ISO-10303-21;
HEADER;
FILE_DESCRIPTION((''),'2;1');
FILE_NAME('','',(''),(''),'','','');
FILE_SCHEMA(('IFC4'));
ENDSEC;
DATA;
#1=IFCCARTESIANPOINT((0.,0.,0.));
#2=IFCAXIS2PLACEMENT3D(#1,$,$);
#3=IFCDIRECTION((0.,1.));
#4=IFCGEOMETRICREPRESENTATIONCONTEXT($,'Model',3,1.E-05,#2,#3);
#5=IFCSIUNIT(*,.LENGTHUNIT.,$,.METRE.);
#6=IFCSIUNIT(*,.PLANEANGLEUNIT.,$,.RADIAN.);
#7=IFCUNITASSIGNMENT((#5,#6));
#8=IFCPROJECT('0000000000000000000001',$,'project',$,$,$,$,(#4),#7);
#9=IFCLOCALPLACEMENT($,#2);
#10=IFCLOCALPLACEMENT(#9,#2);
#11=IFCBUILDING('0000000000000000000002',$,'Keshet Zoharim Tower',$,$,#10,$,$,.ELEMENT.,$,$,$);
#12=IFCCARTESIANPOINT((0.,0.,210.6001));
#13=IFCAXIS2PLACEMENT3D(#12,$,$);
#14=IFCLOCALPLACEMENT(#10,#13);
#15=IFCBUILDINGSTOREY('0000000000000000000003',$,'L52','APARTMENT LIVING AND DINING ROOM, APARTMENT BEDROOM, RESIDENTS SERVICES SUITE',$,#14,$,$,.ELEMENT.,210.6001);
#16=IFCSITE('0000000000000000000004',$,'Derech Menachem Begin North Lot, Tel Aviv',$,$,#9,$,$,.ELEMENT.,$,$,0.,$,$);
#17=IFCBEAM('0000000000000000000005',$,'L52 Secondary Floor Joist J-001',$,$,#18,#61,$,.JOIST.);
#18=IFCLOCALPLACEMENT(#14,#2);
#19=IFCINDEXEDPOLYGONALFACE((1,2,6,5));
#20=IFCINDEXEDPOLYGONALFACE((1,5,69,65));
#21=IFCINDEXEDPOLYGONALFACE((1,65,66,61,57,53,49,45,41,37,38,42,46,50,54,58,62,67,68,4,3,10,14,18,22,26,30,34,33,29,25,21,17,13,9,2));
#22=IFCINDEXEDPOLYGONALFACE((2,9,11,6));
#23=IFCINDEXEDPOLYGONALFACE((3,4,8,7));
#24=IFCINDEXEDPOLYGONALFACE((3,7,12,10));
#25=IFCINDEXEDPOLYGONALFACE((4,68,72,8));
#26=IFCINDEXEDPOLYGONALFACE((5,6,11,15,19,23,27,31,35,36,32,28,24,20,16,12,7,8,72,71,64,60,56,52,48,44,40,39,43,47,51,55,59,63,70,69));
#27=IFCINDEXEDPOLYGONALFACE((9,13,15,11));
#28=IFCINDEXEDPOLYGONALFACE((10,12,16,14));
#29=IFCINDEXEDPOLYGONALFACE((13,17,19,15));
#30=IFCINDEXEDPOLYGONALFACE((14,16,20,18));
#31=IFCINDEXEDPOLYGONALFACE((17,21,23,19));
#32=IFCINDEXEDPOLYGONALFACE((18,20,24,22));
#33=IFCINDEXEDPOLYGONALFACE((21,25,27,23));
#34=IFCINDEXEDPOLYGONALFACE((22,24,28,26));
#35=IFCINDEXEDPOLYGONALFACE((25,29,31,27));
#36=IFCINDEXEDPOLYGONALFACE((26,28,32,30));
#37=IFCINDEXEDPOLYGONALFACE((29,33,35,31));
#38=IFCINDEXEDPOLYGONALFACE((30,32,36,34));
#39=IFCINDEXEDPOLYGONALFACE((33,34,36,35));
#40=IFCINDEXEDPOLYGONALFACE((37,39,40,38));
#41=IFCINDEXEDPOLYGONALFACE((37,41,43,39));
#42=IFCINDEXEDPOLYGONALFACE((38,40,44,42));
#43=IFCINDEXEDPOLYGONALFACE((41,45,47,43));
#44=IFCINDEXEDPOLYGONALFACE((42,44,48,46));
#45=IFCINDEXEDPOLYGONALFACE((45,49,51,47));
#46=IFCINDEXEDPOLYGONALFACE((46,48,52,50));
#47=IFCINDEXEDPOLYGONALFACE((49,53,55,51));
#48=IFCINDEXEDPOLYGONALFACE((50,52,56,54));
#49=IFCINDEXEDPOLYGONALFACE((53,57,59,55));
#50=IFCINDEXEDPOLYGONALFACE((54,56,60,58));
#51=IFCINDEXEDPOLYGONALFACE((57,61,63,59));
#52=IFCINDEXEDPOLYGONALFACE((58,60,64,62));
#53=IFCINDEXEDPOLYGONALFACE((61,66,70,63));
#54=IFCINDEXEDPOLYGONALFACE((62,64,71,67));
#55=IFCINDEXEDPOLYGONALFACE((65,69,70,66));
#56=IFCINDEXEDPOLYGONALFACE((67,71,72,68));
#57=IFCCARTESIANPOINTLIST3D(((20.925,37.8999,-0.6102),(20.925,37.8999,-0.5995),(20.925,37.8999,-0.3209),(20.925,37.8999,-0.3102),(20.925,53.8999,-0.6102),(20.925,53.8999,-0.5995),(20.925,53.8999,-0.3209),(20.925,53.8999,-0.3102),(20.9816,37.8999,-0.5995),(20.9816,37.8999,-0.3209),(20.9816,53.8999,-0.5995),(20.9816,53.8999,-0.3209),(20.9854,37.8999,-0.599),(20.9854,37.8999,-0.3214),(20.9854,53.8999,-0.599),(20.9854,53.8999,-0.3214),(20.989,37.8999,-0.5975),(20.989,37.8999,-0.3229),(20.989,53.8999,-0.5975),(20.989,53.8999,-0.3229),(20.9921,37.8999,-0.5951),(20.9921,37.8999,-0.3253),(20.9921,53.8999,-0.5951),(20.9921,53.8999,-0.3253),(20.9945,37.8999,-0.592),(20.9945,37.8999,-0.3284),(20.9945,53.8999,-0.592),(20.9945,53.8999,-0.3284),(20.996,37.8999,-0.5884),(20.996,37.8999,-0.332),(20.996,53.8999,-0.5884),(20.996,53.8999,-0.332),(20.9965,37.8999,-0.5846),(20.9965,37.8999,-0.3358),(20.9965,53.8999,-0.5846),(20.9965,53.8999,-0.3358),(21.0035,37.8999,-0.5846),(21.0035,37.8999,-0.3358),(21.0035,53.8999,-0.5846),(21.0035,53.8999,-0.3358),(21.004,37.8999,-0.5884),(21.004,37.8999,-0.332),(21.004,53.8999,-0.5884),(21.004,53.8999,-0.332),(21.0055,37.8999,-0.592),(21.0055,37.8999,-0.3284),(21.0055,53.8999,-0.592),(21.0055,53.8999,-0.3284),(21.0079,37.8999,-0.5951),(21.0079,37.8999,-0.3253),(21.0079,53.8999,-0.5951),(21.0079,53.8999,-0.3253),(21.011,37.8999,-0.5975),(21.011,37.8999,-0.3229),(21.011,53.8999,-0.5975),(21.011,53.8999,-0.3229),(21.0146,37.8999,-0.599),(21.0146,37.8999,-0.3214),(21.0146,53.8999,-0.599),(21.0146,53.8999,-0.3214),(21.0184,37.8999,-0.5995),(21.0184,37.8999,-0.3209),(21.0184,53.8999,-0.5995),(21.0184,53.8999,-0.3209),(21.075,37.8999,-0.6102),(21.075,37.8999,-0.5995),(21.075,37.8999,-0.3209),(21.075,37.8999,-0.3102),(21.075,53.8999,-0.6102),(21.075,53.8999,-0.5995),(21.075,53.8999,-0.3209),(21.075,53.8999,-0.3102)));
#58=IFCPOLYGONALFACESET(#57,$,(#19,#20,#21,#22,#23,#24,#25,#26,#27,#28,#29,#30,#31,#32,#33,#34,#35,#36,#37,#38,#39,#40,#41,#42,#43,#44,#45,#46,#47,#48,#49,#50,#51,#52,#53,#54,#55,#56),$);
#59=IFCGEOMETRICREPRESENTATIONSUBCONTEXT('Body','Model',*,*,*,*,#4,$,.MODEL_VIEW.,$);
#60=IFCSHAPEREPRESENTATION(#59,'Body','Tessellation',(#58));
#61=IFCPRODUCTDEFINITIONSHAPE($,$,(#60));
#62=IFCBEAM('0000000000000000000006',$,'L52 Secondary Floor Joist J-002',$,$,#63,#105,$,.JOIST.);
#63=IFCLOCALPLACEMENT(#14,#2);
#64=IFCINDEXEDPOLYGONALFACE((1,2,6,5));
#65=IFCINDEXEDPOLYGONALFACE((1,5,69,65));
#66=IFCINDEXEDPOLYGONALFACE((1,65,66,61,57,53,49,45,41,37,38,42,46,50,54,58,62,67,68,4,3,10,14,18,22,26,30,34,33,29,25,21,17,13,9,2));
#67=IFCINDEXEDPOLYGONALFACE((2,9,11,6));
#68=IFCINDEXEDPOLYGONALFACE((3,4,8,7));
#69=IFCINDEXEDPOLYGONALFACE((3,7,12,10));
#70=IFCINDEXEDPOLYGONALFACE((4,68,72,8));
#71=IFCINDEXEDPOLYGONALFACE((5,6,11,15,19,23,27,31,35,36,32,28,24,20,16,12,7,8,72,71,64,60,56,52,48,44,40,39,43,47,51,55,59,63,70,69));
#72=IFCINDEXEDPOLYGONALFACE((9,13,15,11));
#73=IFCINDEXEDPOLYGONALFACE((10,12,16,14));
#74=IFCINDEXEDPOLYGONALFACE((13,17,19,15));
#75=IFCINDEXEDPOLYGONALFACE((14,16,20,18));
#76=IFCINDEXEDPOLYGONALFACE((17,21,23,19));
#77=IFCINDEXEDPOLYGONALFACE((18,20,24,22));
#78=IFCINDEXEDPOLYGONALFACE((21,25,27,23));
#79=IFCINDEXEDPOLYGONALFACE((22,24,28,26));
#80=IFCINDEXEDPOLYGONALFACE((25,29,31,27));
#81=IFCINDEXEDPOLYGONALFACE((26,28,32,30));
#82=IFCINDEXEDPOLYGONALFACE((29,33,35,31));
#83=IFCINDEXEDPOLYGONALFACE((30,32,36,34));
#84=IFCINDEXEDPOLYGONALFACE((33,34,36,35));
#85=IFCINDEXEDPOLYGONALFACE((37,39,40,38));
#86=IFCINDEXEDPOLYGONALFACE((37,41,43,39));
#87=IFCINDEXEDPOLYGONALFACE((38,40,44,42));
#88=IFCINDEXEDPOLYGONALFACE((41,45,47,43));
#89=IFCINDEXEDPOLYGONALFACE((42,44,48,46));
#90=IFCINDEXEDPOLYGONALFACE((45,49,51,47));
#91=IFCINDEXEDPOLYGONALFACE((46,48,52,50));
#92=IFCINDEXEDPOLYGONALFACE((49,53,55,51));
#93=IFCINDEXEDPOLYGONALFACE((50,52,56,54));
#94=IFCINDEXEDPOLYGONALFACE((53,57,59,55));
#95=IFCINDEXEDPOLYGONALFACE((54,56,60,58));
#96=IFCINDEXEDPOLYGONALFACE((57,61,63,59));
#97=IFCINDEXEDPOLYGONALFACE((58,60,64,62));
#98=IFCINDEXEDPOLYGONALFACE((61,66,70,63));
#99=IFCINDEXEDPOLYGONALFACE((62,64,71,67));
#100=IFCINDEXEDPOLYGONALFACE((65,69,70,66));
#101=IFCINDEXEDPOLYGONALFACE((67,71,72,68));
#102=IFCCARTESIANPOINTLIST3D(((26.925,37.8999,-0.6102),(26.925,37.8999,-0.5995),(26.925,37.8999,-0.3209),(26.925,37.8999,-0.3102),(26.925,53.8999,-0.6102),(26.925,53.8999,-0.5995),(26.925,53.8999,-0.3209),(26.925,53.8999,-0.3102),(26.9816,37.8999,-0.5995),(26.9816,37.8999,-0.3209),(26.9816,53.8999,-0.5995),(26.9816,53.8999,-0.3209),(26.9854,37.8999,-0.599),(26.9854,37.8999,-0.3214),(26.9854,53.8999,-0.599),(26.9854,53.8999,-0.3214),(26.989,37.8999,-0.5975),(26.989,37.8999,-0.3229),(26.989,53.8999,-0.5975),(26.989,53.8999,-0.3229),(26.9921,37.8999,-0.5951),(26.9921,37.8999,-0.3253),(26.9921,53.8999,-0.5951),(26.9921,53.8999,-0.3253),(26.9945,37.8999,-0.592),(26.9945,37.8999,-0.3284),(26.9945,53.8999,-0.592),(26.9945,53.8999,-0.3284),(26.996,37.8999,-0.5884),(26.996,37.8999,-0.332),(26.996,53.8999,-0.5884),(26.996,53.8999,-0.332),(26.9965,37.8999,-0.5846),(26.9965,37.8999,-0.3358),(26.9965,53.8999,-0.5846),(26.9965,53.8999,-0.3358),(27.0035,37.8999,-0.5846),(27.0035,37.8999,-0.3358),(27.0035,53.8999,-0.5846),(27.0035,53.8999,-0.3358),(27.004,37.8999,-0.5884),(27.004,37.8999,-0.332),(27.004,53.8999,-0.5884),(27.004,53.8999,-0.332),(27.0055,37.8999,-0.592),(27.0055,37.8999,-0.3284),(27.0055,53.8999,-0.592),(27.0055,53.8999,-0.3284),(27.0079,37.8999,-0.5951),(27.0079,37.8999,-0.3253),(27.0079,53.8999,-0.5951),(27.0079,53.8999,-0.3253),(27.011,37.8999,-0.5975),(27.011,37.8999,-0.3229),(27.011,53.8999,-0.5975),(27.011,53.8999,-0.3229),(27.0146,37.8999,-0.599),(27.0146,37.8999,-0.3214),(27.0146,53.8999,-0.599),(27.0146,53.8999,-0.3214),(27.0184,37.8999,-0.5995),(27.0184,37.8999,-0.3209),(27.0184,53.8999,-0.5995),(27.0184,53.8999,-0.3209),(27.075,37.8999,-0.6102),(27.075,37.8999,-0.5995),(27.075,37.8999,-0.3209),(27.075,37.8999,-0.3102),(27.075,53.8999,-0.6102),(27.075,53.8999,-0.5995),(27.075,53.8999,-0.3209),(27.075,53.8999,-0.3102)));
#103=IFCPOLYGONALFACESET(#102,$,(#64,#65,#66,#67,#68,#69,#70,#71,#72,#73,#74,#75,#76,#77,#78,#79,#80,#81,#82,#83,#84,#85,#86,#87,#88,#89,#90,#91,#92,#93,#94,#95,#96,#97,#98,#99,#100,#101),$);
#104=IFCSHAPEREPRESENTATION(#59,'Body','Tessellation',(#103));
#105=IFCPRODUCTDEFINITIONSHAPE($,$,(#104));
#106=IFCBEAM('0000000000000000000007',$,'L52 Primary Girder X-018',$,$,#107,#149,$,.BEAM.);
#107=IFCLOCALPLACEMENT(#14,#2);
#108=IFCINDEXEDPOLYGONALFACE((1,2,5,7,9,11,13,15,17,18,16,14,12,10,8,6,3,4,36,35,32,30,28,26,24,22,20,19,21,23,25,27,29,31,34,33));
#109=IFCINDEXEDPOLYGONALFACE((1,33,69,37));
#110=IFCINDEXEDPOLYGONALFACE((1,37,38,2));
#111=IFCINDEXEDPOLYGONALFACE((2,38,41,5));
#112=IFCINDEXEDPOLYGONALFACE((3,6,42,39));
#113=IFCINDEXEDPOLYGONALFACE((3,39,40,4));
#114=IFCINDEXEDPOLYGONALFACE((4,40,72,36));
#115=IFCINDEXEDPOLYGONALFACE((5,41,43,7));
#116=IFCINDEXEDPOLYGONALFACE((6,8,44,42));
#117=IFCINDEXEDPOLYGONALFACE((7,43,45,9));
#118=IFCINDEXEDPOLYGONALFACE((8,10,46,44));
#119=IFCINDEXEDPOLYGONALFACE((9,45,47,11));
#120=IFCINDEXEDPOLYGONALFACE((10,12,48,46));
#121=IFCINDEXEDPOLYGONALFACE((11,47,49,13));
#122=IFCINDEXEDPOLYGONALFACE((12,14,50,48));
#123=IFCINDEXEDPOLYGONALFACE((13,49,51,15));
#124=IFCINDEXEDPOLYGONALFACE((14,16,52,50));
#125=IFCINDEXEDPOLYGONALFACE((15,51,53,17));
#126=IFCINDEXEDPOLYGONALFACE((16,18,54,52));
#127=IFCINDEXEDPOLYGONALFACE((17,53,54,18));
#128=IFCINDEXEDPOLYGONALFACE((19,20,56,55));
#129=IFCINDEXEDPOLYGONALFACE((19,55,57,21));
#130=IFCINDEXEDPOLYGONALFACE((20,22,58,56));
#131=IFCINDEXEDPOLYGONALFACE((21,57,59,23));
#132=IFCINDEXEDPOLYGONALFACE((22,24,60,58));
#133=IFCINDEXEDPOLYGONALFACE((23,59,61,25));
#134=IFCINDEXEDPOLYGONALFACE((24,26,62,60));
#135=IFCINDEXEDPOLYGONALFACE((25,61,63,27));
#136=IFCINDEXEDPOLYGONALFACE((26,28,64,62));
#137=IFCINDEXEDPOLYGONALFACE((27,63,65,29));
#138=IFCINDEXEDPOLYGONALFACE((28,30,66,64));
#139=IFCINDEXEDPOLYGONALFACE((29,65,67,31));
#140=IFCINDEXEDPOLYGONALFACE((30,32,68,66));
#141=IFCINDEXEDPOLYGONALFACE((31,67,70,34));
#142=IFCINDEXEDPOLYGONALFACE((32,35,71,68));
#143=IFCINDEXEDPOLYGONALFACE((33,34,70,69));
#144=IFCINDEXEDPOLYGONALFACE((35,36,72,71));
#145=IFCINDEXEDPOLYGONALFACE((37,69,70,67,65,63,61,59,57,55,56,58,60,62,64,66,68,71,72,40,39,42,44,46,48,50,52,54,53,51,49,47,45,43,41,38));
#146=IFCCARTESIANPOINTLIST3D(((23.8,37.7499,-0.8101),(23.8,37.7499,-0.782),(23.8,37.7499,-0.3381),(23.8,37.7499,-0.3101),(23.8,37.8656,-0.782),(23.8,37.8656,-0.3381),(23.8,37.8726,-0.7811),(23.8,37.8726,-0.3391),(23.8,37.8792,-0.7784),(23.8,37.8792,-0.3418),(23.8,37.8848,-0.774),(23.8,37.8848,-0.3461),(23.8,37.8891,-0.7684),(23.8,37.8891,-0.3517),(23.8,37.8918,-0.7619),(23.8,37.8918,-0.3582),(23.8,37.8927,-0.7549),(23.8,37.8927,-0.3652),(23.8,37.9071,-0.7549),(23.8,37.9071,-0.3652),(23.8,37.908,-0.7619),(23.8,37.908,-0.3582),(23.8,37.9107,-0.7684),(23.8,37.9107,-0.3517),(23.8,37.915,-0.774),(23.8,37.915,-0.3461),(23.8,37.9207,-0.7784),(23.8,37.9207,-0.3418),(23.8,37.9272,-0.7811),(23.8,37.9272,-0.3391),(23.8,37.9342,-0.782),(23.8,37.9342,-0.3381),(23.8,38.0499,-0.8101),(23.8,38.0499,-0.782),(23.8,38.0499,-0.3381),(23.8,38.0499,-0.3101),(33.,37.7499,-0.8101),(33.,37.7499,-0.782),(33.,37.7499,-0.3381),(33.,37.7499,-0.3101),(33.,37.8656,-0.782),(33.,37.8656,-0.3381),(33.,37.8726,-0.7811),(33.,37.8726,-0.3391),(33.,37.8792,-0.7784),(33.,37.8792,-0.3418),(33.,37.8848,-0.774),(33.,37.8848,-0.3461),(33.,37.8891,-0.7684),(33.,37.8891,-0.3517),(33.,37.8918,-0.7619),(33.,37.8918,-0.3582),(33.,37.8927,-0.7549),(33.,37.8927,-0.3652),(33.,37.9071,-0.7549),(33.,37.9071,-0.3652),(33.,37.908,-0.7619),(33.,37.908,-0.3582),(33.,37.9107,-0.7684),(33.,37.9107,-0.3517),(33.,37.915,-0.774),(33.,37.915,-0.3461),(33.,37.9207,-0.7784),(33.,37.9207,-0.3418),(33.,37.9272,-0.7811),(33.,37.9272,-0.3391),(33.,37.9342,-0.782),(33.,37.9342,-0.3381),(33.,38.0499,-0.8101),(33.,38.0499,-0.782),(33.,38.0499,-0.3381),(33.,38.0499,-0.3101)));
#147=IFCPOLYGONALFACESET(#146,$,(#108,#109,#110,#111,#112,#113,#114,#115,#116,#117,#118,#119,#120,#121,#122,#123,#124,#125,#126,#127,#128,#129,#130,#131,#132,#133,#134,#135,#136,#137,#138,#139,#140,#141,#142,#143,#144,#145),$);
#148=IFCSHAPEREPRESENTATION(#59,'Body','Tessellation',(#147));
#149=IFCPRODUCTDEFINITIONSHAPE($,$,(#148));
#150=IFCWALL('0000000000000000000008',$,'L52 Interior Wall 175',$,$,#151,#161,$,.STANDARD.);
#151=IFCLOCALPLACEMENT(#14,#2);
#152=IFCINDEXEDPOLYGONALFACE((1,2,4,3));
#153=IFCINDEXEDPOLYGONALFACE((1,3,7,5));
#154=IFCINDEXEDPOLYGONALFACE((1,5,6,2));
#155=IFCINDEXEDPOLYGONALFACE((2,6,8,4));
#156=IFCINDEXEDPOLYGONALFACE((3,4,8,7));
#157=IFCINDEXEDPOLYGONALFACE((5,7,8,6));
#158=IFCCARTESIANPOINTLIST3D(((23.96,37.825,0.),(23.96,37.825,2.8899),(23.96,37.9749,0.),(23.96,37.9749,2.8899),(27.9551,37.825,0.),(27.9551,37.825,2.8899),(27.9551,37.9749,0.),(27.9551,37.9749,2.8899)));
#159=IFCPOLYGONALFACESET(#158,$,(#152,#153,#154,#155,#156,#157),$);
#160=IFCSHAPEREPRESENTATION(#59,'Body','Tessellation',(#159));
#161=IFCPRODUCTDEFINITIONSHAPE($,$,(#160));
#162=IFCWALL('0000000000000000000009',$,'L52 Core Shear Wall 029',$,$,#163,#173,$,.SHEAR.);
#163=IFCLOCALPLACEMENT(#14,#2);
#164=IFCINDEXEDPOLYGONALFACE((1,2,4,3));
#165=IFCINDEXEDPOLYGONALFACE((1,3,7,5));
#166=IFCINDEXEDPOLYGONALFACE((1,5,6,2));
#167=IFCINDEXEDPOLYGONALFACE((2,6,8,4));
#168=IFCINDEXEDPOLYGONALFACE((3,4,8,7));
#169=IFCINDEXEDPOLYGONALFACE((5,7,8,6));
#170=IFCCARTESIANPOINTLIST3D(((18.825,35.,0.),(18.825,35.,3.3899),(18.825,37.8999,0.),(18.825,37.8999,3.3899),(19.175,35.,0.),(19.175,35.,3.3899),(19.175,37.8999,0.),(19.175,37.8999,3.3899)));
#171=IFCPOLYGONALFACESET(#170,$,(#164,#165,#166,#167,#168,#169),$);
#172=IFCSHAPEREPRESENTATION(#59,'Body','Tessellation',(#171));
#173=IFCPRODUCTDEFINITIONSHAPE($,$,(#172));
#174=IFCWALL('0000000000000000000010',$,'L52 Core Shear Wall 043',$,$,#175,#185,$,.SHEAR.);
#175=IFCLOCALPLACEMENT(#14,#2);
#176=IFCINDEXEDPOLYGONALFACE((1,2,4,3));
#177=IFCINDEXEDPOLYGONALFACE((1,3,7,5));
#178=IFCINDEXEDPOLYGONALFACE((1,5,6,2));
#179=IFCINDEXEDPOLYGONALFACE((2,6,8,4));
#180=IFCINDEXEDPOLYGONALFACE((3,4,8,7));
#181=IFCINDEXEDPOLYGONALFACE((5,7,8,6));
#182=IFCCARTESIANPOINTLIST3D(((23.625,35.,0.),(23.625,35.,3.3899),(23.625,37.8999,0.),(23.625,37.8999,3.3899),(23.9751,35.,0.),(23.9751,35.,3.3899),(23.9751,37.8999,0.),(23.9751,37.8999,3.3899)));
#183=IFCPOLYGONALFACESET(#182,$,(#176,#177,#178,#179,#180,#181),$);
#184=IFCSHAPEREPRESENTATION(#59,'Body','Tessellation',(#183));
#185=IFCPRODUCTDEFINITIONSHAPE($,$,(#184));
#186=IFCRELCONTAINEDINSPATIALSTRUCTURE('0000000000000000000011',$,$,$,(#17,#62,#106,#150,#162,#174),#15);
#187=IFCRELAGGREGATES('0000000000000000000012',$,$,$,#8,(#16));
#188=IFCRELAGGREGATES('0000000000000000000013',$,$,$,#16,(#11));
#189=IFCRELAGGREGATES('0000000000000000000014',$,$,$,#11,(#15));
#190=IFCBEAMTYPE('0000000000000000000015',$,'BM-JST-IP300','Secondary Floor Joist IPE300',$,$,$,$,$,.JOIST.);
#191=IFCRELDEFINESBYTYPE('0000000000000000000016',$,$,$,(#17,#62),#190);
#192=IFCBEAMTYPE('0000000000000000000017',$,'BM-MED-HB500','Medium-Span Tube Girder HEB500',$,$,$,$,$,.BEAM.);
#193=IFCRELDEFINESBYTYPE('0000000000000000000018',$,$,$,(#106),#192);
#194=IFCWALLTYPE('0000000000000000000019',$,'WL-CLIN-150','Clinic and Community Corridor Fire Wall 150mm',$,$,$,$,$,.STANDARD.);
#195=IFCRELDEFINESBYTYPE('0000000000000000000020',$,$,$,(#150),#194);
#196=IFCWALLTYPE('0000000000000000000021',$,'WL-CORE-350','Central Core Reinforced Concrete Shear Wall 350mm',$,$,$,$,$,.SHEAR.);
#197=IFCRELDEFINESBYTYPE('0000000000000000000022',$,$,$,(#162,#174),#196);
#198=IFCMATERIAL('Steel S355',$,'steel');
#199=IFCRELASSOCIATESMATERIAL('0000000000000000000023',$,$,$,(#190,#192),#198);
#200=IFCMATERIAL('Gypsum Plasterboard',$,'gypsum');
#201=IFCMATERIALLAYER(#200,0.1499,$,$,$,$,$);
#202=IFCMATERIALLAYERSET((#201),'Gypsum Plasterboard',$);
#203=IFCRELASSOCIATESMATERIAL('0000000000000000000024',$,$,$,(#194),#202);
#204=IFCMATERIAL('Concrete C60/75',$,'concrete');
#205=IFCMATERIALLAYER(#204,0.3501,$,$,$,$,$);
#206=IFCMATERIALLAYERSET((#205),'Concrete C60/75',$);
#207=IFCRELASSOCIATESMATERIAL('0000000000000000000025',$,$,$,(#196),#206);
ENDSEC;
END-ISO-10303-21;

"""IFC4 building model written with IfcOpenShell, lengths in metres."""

from ifc_helpers import new_model, si_unit, direction, frame, frame_2d, origin, origin_2d, place, context, subcontext, project, spatial, rectangle, i_section, extrude, material, layer, layer_set, material_profile, profile_set, type_object, element, save


model = new_model("IFC4")

# Units and contexts
model_context = context("Model", 3, precision=1e-05, world=origin(), true_north=direction((0.0, 1.0)))
body_context = subcontext(model_context, "Body", "Model", "MODEL_VIEW")
ifc_project = project(units=[si_unit("LENGTHUNIT", "METRE"), si_unit("PLANEANGLEUNIT", "RADIAN")], contexts=[model_context])

# Site, building, storey
site_placement = place(None, origin())
site = spatial("IfcSite", under=ifc_project, at=site_placement, Name="Derech Menachem Begin North Lot, Tel Aviv", CompositionType="ELEMENT", RefElevation=0.0)
building_placement = place(site_placement, origin())
building = spatial("IfcBuilding", under=site, at=building_placement, Name="Keshet Zoharim Tower", CompositionType="ELEMENT")
storey_placement = place(building_placement, frame((0.0, 0.0, 210.6001)))
storey = spatial("IfcBuildingStorey", under=building, at=storey_placement, Name="L52", Description="APARTMENT LIVING AND DINING ROOM, APARTMENT BEDROOM, RESIDENTS SERVICES SUITE", CompositionType="ELEMENT", Elevation=210.6001)

# Beams
ifc_material_1 = material(Name="Steel S355", Category="steel")
ifc_material_profile_1 = material_profile(ifc_material_1, i_section(OverallWidth=0.1499, OverallDepth=0.3, WebThickness=0.0071, FlangeThickness=0.0107, FilletRadius=0.0149, at=origin_2d()), Name="IPE300")
ifc_profile_set_1 = profile_set([ifc_material_profile_1], Name="Steel S355")
beam_type_1 = type_object("IfcBeamType", Name="BM-JST-IP300", Description="Secondary Floor Joist IPE300", PredefinedType="JOIST", material=ifc_profile_set_1)
for number, where, z_axis, x_axis, name in (
    (1, (21.0, 37.8999, -0.4602), (0.0, 1.0, 0.0), (-1.0, 0.0, 0.0), "L52 Secondary Floor Joist J-001"),
    (2, (27.0, 37.8999, -0.4602), (0.0, 1.0, 0.0), (-1.0, 0.0, 0.0), "L52 Secondary Floor Joist J-002"),
):
    element("IfcBeam", number, at=place(storey_placement, frame(where, z_axis=z_axis, x_axis=x_axis)), inside=storey, type_object=beam_type_1, Name=name, PredefinedType="JOIST", context=body_context, shape_type="SweptSolid", body=[
        extrude(i_section(OverallWidth=0.1499, OverallDepth=0.3, WebThickness=0.0071, FlangeThickness=0.0107, FilletRadius=0.0149, at=origin_2d()), origin(), (0.0, 0.0, 1.0), 16.0),
    ])
ifc_material_profile_2 = material_profile(ifc_material_1, i_section(OverallWidth=0.3, OverallDepth=0.5, WebThickness=0.0144, FlangeThickness=0.0281, FilletRadius=0.0271, at=origin_2d()), Name="HEB500")
ifc_profile_set_2 = profile_set([ifc_material_profile_2], Name="Steel S355")
beam_type_2 = type_object("IfcBeamType", Name="BM-MED-HB500", Description="Medium-Span Tube Girder HEB500", PredefinedType="BEAM", material=ifc_profile_set_2)
beam_placement = place(storey_placement, frame((23.8, 37.8999, -0.5601), z_axis=(1.0, 0.0, 0.0), x_axis=(0.0, 1.0, 0.0)))
element("IfcBeam", 3, at=beam_placement, inside=storey, type_object=beam_type_2, Name="L52 Primary Girder X-018", PredefinedType="BEAM", context=body_context, shape_type="SweptSolid", body=[
    extrude(i_section(OverallWidth=0.3, OverallDepth=0.5, WebThickness=0.0144, FlangeThickness=0.0281, FilletRadius=0.0271, at=origin_2d()), origin(), (0.0, 0.0, 1.0), 9.2),
])

# Walls
ifc_material_2 = material(Name="Gypsum Plasterboard", Category="gypsum")
ifc_layer_1 = layer(ifc_material_2, 0.1499)
ifc_layer_set_1 = layer_set([ifc_layer_1], Name="Gypsum Plasterboard")
wall_type_1 = type_object("IfcWallType", Name="WL-CLIN-150", Description="Clinic and Community Corridor Fire Wall 150mm", PredefinedType="STANDARD", material=ifc_layer_set_1)
wall_1_placement = place(storey_placement, frame((23.96, 37.8999, 0.0), z_axis=(0.0, 0.0, 1.0), x_axis=(1.0, 0.0, 0.0)))
element("IfcWall", 4, at=wall_1_placement, inside=storey, type_object=wall_type_1, Name="L52 Interior Wall 175", PredefinedType="STANDARD", context=body_context, shape_type="SweptSolid", body=[
    extrude(rectangle(XDim=3.9951, YDim=0.1499, at=frame_2d((1.9976, 0.0))), origin(), (0.0, 0.0, 1.0), 2.8899),
])
ifc_material_3 = material(Name="Concrete C60/75", Category="concrete")
ifc_layer_2 = layer(ifc_material_3, 0.3501)
ifc_layer_set_2 = layer_set([ifc_layer_2], Name="Concrete C60/75")
wall_type_2 = type_object("IfcWallType", Name="WL-CORE-350", Description="Central Core Reinforced Concrete Shear Wall 350mm", PredefinedType="SHEAR", material=ifc_layer_set_2)
for number, where, z_axis, x_axis, name in (
    (5, (19.0, 35.0, 0.0), (0.0, 0.0, 1.0), (0.0, 1.0, 0.0), "L52 Core Shear Wall 029"),
    (6, (23.8, 35.0, 0.0), (0.0, 0.0, 1.0), (0.0, 1.0, 0.0), "L52 Core Shear Wall 043"),
):
    element("IfcWall", number, at=place(storey_placement, frame(where, z_axis=z_axis, x_axis=x_axis)), inside=storey, type_object=wall_type_2, Name=name, PredefinedType="SHEAR", context=body_context, shape_type="SweptSolid", body=[
        extrude(rectangle(XDim=2.8999, YDim=0.3501, at=frame_2d((1.45, 0.0))), origin(), (0.0, 0.0, 1.0), 3.3899),
    ])

save(model, "model.ifc")
